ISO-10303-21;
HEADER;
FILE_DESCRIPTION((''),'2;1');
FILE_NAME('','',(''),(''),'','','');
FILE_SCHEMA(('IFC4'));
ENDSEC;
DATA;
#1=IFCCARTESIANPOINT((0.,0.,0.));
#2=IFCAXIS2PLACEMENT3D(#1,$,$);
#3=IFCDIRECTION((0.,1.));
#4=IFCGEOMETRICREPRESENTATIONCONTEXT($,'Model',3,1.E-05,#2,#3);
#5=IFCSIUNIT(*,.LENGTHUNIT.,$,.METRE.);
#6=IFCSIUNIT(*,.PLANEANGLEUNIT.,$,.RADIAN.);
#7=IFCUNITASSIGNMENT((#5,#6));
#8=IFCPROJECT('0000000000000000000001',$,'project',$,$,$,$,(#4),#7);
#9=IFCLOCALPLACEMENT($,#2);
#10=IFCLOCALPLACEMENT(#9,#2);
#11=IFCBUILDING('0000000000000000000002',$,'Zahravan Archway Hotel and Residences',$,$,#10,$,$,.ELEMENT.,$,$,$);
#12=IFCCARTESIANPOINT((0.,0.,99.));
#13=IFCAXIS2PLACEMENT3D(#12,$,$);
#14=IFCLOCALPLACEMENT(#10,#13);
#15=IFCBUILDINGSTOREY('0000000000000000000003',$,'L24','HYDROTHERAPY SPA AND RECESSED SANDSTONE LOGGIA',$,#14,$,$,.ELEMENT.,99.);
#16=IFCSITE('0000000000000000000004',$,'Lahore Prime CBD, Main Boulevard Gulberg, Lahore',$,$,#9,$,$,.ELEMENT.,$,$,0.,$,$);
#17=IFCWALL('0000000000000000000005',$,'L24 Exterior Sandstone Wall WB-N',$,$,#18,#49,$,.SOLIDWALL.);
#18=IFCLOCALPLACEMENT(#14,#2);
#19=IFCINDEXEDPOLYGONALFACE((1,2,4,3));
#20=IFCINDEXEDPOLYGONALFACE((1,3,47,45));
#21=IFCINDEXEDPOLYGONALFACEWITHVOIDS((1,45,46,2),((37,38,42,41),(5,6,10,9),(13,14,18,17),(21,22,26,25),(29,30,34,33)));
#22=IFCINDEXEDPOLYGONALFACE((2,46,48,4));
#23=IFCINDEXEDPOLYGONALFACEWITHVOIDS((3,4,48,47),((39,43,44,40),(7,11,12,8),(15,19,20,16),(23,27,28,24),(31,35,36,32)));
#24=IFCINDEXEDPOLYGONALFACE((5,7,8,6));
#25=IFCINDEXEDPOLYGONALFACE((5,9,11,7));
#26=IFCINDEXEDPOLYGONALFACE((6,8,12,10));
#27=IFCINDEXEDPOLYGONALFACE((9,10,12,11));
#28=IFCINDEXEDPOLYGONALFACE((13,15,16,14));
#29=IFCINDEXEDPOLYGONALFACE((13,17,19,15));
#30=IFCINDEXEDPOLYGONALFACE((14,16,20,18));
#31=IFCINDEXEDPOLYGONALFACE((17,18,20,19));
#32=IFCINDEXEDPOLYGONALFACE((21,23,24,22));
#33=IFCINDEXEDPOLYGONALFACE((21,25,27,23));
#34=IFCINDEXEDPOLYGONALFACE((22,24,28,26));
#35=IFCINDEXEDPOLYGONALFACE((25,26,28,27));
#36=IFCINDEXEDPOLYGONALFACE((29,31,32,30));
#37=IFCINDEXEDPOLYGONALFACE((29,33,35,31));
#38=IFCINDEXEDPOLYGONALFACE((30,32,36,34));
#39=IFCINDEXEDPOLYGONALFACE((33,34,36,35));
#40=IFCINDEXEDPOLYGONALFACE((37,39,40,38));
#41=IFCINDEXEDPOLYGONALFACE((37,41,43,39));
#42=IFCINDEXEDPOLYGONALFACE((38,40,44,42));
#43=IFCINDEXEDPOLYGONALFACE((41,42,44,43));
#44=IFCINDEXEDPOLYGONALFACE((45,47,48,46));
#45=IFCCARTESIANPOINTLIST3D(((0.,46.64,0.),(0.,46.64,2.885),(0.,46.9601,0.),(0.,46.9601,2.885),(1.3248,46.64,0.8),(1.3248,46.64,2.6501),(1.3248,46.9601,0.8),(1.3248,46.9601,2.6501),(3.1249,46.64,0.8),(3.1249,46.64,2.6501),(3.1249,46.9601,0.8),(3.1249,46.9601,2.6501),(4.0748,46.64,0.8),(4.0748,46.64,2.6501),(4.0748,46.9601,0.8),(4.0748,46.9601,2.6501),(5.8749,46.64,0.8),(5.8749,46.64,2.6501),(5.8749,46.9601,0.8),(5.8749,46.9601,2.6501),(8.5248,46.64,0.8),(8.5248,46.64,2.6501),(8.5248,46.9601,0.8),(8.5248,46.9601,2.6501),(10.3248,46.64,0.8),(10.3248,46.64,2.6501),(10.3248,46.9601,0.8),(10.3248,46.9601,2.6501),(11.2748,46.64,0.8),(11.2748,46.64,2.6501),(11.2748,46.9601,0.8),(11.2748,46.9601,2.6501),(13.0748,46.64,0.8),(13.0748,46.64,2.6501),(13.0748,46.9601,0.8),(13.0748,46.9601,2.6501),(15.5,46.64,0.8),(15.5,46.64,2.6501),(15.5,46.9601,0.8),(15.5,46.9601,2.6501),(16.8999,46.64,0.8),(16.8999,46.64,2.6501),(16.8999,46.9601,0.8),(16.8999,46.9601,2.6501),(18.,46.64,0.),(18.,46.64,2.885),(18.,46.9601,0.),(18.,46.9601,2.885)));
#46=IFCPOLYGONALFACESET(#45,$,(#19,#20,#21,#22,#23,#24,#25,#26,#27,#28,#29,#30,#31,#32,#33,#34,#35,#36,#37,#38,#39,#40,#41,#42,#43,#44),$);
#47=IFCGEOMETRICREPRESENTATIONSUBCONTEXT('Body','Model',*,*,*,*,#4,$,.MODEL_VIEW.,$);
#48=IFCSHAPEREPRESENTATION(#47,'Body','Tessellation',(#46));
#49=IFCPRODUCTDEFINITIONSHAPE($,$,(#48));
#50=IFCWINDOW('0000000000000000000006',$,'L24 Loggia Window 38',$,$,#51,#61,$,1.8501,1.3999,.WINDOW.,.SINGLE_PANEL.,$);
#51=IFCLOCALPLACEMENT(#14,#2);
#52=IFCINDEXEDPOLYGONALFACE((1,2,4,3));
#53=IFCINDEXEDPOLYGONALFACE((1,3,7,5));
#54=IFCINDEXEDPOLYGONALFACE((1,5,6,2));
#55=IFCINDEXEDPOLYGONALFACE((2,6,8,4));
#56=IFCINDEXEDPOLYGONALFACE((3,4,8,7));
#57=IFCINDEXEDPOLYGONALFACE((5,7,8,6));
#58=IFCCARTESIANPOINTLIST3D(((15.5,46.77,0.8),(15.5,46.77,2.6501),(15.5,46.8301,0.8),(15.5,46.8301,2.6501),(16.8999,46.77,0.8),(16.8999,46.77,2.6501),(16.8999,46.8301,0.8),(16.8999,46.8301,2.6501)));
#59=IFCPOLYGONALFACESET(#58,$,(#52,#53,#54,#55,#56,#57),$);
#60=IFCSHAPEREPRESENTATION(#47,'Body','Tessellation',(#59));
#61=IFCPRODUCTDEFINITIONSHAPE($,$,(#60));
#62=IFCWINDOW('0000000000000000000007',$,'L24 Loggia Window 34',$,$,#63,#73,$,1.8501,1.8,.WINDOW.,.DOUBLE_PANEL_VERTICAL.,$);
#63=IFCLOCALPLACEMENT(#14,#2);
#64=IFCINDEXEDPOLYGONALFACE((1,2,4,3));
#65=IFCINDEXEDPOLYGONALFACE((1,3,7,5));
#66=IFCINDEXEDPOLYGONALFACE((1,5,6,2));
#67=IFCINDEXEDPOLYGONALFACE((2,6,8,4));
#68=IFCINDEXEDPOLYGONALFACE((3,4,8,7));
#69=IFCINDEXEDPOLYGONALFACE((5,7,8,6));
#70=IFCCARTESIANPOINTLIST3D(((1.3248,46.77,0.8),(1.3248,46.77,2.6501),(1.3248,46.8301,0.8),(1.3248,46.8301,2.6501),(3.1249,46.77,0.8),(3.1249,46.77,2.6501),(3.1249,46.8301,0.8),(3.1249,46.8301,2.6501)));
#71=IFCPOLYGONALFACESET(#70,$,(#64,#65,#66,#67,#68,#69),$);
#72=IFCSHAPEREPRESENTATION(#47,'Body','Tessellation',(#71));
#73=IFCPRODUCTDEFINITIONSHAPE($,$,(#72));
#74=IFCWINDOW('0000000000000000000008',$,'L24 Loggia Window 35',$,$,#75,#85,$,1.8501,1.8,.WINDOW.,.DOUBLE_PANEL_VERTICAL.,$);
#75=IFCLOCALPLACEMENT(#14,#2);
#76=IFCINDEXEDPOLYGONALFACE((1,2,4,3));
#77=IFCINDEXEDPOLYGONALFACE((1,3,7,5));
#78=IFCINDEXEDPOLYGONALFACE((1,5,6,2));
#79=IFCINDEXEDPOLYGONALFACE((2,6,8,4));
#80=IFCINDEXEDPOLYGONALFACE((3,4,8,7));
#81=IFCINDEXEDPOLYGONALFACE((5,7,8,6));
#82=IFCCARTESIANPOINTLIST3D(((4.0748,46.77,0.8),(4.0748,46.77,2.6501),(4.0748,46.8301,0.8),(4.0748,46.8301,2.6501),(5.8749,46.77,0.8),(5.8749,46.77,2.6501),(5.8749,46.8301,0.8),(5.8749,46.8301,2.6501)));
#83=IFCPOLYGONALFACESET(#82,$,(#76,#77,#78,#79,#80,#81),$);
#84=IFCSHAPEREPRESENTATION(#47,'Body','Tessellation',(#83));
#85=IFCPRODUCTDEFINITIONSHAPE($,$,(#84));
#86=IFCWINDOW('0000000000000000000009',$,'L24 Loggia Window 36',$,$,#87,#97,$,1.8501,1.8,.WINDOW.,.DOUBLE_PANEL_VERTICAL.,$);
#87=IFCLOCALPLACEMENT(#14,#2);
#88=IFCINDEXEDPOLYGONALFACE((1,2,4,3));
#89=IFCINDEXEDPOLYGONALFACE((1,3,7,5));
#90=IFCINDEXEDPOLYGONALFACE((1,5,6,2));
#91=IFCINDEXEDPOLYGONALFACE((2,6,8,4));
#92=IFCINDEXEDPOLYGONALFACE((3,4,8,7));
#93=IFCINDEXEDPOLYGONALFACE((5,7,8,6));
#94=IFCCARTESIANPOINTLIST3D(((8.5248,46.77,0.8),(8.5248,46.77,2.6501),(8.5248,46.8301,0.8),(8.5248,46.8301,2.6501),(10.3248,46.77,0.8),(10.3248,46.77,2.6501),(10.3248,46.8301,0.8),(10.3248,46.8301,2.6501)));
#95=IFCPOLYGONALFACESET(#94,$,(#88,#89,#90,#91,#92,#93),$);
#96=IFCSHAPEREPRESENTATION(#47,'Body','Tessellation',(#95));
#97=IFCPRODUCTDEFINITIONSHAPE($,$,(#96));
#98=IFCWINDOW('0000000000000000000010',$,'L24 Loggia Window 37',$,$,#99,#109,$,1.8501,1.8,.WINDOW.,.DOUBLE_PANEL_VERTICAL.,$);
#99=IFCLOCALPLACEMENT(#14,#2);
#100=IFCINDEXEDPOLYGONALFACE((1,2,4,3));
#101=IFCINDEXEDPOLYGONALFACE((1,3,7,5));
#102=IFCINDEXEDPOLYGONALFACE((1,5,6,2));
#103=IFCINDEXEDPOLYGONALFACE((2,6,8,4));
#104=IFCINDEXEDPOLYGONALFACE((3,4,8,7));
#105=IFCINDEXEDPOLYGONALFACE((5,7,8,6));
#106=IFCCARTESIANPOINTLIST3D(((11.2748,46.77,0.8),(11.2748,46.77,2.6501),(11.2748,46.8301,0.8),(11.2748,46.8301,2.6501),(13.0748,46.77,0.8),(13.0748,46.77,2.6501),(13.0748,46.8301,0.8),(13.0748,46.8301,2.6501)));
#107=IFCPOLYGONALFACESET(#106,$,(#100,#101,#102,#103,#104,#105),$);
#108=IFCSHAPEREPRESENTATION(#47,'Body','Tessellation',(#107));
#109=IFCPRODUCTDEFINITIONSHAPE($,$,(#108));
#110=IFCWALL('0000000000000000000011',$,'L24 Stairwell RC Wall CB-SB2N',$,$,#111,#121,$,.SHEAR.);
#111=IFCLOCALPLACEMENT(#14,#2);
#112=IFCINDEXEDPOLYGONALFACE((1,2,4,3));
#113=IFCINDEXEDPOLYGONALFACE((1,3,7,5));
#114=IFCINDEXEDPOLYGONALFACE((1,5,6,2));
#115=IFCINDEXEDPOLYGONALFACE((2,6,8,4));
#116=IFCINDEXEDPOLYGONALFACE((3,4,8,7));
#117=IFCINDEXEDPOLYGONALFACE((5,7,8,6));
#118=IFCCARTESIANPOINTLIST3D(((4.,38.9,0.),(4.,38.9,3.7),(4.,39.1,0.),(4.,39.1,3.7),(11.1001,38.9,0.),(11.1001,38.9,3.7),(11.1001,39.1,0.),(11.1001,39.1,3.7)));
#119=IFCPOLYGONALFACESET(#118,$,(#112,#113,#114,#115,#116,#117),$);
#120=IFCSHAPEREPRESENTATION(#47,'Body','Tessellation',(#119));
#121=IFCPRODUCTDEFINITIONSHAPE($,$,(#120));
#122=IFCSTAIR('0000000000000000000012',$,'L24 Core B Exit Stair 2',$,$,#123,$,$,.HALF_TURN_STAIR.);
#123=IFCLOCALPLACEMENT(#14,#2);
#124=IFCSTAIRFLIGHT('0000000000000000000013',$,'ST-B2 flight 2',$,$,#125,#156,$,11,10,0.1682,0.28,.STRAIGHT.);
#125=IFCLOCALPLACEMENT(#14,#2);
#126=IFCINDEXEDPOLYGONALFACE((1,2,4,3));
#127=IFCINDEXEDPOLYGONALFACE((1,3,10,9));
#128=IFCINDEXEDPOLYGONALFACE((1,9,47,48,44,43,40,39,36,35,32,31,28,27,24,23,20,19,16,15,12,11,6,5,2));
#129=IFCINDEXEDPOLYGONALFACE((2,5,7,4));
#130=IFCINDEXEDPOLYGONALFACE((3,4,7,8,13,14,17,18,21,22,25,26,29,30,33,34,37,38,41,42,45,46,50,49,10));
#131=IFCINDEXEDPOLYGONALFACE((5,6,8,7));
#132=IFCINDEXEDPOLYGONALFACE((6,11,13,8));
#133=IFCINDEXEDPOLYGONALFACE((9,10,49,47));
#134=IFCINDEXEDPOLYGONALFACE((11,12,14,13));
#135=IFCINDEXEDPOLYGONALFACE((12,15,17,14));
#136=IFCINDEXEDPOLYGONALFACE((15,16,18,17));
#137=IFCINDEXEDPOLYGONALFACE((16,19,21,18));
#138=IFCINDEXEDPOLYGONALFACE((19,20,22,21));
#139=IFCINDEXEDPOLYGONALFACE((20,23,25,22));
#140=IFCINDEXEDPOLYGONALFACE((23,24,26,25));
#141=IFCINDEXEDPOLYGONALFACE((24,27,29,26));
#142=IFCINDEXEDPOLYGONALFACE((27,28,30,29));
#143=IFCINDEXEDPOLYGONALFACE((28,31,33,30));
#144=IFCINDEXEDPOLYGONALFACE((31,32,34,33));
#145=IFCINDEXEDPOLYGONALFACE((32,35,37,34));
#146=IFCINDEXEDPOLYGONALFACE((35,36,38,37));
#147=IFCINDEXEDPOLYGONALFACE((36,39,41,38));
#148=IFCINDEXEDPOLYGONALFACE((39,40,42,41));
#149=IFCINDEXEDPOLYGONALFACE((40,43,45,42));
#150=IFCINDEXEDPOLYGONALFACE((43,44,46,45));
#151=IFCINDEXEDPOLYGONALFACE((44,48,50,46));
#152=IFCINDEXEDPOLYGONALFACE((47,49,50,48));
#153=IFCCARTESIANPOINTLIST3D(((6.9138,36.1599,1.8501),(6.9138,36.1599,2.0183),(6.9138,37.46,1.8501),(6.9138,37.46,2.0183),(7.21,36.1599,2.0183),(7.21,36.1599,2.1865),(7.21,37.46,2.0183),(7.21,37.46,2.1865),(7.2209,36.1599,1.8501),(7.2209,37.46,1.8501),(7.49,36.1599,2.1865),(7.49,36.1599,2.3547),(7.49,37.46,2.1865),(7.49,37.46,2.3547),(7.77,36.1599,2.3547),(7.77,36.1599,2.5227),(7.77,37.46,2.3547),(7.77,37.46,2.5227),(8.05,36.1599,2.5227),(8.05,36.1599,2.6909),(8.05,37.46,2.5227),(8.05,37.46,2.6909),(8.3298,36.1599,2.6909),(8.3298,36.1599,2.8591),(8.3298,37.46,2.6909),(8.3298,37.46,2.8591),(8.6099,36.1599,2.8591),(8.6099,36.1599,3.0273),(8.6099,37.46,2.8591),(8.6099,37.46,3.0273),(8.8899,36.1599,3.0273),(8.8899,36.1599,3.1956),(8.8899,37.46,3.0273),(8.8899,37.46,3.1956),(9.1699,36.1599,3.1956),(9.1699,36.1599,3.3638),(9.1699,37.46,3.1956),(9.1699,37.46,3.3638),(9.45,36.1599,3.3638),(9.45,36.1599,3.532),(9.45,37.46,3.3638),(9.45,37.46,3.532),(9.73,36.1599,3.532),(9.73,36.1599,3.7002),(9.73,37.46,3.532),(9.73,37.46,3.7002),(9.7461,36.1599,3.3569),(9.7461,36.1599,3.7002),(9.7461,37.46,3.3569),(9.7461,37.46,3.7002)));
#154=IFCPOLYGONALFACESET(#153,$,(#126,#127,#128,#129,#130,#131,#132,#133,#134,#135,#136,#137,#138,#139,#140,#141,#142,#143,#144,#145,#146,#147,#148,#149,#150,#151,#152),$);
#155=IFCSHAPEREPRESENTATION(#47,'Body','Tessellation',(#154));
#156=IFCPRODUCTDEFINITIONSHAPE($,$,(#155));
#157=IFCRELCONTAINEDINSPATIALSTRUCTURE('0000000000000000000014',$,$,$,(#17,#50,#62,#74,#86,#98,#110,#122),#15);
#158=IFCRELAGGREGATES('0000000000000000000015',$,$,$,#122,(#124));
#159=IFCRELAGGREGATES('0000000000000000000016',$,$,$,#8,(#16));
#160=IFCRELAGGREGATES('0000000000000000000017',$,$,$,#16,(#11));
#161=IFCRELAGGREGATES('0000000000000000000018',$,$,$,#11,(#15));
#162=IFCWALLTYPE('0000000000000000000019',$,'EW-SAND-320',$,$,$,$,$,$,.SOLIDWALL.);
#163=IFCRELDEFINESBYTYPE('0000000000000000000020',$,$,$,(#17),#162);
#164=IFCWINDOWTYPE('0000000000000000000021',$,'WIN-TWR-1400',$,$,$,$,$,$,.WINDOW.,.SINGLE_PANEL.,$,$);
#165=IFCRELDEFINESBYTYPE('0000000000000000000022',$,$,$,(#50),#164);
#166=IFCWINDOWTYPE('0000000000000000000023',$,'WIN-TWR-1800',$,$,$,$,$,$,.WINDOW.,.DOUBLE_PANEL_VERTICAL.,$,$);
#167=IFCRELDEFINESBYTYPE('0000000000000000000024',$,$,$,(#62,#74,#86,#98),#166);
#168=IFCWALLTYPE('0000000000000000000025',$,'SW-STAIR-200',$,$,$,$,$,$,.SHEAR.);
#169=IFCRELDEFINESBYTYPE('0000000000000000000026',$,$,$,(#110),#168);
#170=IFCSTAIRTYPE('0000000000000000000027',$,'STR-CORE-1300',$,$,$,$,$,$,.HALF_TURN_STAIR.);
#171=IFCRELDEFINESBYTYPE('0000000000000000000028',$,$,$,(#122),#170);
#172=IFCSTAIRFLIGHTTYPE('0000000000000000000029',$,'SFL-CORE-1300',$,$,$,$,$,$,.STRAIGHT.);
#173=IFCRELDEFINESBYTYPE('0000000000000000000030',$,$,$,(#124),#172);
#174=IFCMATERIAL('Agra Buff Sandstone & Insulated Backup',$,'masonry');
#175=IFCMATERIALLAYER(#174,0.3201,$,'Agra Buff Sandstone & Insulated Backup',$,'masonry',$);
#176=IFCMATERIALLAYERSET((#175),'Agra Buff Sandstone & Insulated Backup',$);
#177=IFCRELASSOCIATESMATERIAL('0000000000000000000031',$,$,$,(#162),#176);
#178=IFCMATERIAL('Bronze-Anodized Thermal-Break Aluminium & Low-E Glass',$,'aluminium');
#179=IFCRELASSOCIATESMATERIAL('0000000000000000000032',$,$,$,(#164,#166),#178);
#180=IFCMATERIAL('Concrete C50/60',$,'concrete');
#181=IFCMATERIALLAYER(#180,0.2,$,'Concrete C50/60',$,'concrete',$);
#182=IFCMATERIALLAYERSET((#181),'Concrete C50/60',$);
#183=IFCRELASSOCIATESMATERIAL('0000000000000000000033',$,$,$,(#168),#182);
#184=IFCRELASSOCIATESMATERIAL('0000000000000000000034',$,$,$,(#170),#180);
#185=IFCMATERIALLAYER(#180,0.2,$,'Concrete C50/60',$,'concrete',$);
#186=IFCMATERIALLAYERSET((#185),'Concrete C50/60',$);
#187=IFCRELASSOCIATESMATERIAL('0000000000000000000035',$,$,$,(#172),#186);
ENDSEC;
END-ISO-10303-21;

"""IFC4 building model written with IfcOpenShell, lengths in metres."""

from ifc_helpers import new_model, si_unit, direction, frame, frame_2d, origin, place, context, subcontext, project, spatial, polyline, rectangle, outline, extrude, source, transform, mapped, material, layer, layer_set, type_object, type_shapes, element, fill, aggregate, save


model = new_model("IFC4")

# Units and contexts
model_context = context("Model", 3, precision=1e-05, world=origin(), true_north=direction((0.0, 1.0)))
body_context = subcontext(model_context, "Body", "Model", "MODEL_VIEW")
ifc_project = project(units=[si_unit("LENGTHUNIT", "METRE"), si_unit("PLANEANGLEUNIT", "RADIAN")], contexts=[model_context])

# Site, building, storey
site_placement = place(None, origin())
site = spatial("IfcSite", under=ifc_project, at=site_placement, Name="Lahore Prime CBD, Main Boulevard Gulberg, Lahore", CompositionType="ELEMENT", RefElevation=0.0)
building_placement = place(site_placement, origin())
building = spatial("IfcBuilding", under=site, at=building_placement, Name="Zahravan Archway Hotel and Residences", CompositionType="ELEMENT")
storey_placement = place(building_placement, frame((0.0, 0.0, 99.0)))
storey = spatial("IfcBuildingStorey", under=building, at=storey_placement, Name="L24", Description="HYDROTHERAPY SPA AND RECESSED SANDSTONE LOGGIA", CompositionType="ELEMENT", Elevation=99.0)

# Wall, openings, windows
ifc_material_1 = material(Name="Agra Buff Sandstone & Insulated Backup", Category="masonry")
ifc_layer_1 = layer(ifc_material_1, 0.3201, Name="Agra Buff Sandstone & Insulated Backup", Category="masonry")
ifc_layer_set_1 = layer_set([ifc_layer_1], Name="Agra Buff Sandstone & Insulated Backup")
wall_type_1 = type_object("IfcWallType", Name="EW-SAND-320", PredefinedType="SOLIDWALL", material=ifc_layer_set_1)
wall_1_placement = place(storey_placement, frame((0.0, 46.8, 0.0), z_axis=(0.0, 0.0, 1.0), x_axis=(1.0, 0.0, 0.0)))
wall_1 = element("IfcWall", 1, at=wall_1_placement, inside=storey, type_object=wall_type_1, Name="L24 Exterior Sandstone Wall WB-N", PredefinedType="SOLIDWALL", context=body_context, shape_type="SweptSolid", body=[
    extrude(rectangle(XDim=18.0, YDim=0.3201, at=frame_2d((9.0, 0.0))), origin(), (0.0, 0.0, 1.0), 2.885),
])
opening_1_placement = place(wall_1_placement, frame((1.325, 0.0, 0.8)))
opening_1 = element("IfcOpeningElement", 2, at=opening_1_placement, cuts=wall_1, PredefinedType="OPENING", context=body_context, shape_type="SweptSolid", body=[
    extrude(rectangle(XDim=1.8, YDim=1.8501, at=frame_2d((0.8999, 0.925))), frame((0.0, 0.1699, 0.0), z_axis=(0.0, -1.0, 0.0), x_axis=(1.0, 0.0, 0.0)), (0.0, 0.0, 1.0), 0.3401),
])
opening_2_placement = place(wall_1_placement, frame((4.075, 0.0, 0.8)))
opening_2 = element("IfcOpeningElement", 3, at=opening_2_placement, cuts=wall_1, PredefinedType="OPENING", context=body_context, shape_type="SweptSolid", body=[
    extrude(rectangle(XDim=1.8, YDim=1.8501, at=frame_2d((0.8999, 0.925))), frame((0.0, 0.1699, 0.0), z_axis=(0.0, -1.0, 0.0), x_axis=(1.0, 0.0, 0.0)), (0.0, 0.0, 1.0), 0.3401),
])
opening_3_placement = place(wall_1_placement, frame((8.5249, 0.0, 0.8)))
opening_3 = element("IfcOpeningElement", 4, at=opening_3_placement, cuts=wall_1, PredefinedType="OPENING", context=body_context, shape_type="SweptSolid", body=[
    extrude(rectangle(XDim=1.8, YDim=1.8501, at=frame_2d((0.8999, 0.925))), frame((0.0, 0.1699, 0.0), z_axis=(0.0, -1.0, 0.0), x_axis=(1.0, 0.0, 0.0)), (0.0, 0.0, 1.0), 0.3401),
])
opening_4_placement = place(wall_1_placement, frame((11.2749, 0.0, 0.8)))
opening_4 = element("IfcOpeningElement", 5, at=opening_4_placement, cuts=wall_1, PredefinedType="OPENING", context=body_context, shape_type="SweptSolid", body=[
    extrude(rectangle(XDim=1.8, YDim=1.8501, at=frame_2d((0.8999, 0.925))), frame((0.0, 0.1699, 0.0), z_axis=(0.0, -1.0, 0.0), x_axis=(1.0, 0.0, 0.0)), (0.0, 0.0, 1.0), 0.3401),
])
opening_5_placement = place(wall_1_placement, frame((15.5, 0.0, 0.8)))
opening_5 = element("IfcOpeningElement", 6, at=opening_5_placement, cuts=wall_1, PredefinedType="OPENING", context=body_context, shape_type="SweptSolid", body=[
    extrude(rectangle(XDim=1.3999, YDim=1.8501, at=frame_2d((0.7, 0.925))), frame((0.0, 0.1699, 0.0), z_axis=(0.0, -1.0, 0.0), x_axis=(1.0, 0.0, 0.0)), (0.0, 0.0, 1.0), 0.3401),
])
ifc_material_2 = material(Name="Bronze-Anodized Thermal-Break Aluminium & Low-E Glass", Category="aluminium")
window_type_1 = type_object("IfcWindowType", Name="WIN-TWR-1400", PartitioningType="SINGLE_PANEL", PredefinedType="WINDOW", material=ifc_material_2)
shared_shape_1 = source(origin(), body_context, "Body", "SweptSolid", [
    extrude(rectangle(XDim=1.3999, YDim=1.8501, at=frame_2d((0.7, 0.925))), frame((0.0, 0.03, 0.0), z_axis=(0.0, -1.0, 0.0), x_axis=(1.0, 0.0, 0.0)), (0.0, 0.0, 1.0), 0.0601),
])
type_shapes(window_type_1, [shared_shape_1])
window_1_placement = place(opening_5_placement, origin())
window_1 = element("IfcWindow", 7, at=window_1_placement, inside=storey, type_object=window_type_1, Name="L24 Loggia Window 38", OverallHeight=1.8501, OverallWidth=1.3999, PartitioningType="SINGLE_PANEL", PredefinedType="WINDOW", context=body_context, shape_type="MappedRepresentation", body=[
    mapped(shared_shape_1, transform((0.0, 0.0, 0.0), scale=1.0)),
])
fill(opening_5, window_1)
window_type_2 = type_object("IfcWindowType", Name="WIN-TWR-1800", PartitioningType="DOUBLE_PANEL_VERTICAL", PredefinedType="WINDOW", material=ifc_material_2)
shared_shape_2 = source(origin(), body_context, "Body", "SweptSolid", [
    extrude(rectangle(XDim=1.8, YDim=1.8501, at=frame_2d((0.8999, 0.925))), frame((0.0, 0.03, 0.0), z_axis=(0.0, -1.0, 0.0), x_axis=(1.0, 0.0, 0.0)), (0.0, 0.0, 1.0), 0.0601),
])
type_shapes(window_type_2, [shared_shape_2])
window_2_placement = place(opening_1_placement, origin())
window_2 = element("IfcWindow", 8, at=window_2_placement, inside=storey, type_object=window_type_2, Name="L24 Loggia Window 34", OverallHeight=1.8501, OverallWidth=1.8, PartitioningType="DOUBLE_PANEL_VERTICAL", PredefinedType="WINDOW", context=body_context, shape_type="MappedRepresentation", body=[
    mapped(shared_shape_2, transform((0.0, 0.0, 0.0), scale=1.0)),
])
fill(opening_1, window_2)
window_3_placement = place(opening_2_placement, origin())
window_3 = element("IfcWindow", 9, at=window_3_placement, inside=storey, type_object=window_type_2, Name="L24 Loggia Window 35", OverallHeight=1.8501, OverallWidth=1.8, PartitioningType="DOUBLE_PANEL_VERTICAL", PredefinedType="WINDOW", context=body_context, shape_type="MappedRepresentation", body=[
    mapped(shared_shape_2, transform((0.0, 0.0, 0.0), scale=1.0)),
])
fill(opening_2, window_3)
window_4_placement = place(opening_3_placement, origin())
window_4 = element("IfcWindow", 10, at=window_4_placement, inside=storey, type_object=window_type_2, Name="L24 Loggia Window 36", OverallHeight=1.8501, OverallWidth=1.8, PartitioningType="DOUBLE_PANEL_VERTICAL", PredefinedType="WINDOW", context=body_context, shape_type="MappedRepresentation", body=[
    mapped(shared_shape_2, transform((0.0, 0.0, 0.0), scale=1.0)),
])
fill(opening_3, window_4)
window_5_placement = place(opening_4_placement, origin())
window_5 = element("IfcWindow", 11, at=window_5_placement, inside=storey, type_object=window_type_2, Name="L24 Loggia Window 37", OverallHeight=1.8501, OverallWidth=1.8, PartitioningType="DOUBLE_PANEL_VERTICAL", PredefinedType="WINDOW", context=body_context, shape_type="MappedRepresentation", body=[
    mapped(shared_shape_2, transform((0.0, 0.0, 0.0), scale=1.0)),
])
fill(opening_4, window_5)

# Wall
ifc_material_3 = material(Name="Concrete C50/60", Category="concrete")
ifc_layer_2 = layer(ifc_material_3, 0.2, Name="Concrete C50/60", Category="concrete")
ifc_layer_set_2 = layer_set([ifc_layer_2], Name="Concrete C50/60")
wall_type_2 = type_object("IfcWallType", Name="SW-STAIR-200", PredefinedType="SHEAR", material=ifc_layer_set_2)
wall_2_placement = place(storey_placement, frame((4.0, 39.0, 0.0), z_axis=(0.0, 0.0, 1.0), x_axis=(1.0, 0.0, 0.0)))
element("IfcWall", 12, at=wall_2_placement, inside=storey, type_object=wall_type_2, Name="L24 Stairwell RC Wall CB-SB2N", PredefinedType="SHEAR", context=body_context, shape_type="SweptSolid", body=[
    extrude(rectangle(XDim=7.1001, YDim=0.2, at=frame_2d((3.55, 0.0))), origin(), (0.0, 0.0, 1.0), 3.7),
])

# Stair, stair flight
stair_type = type_object("IfcStairType", Name="STR-CORE-1300", PredefinedType="HALF_TURN_STAIR", material=ifc_material_3)
stair_placement = place(storey_placement, origin())
stair = element("IfcStair", 13, at=stair_placement, inside=storey, type_object=stair_type, Name="L24 Core B Exit Stair 2", PredefinedType="HALF_TURN_STAIR")
ifc_layer_3 = layer(ifc_material_3, 0.2, Name="Concrete C50/60", Category="concrete")
ifc_layer_set_3 = layer_set([ifc_layer_3], Name="Concrete C50/60")
stair_flight_type = type_object("IfcStairFlightType", Name="SFL-CORE-1300", PredefinedType="STRAIGHT", material=ifc_layer_set_3)
shared_shape_3 = source(origin(), body_context, "Body", "SweptSolid", [
    extrude(outline(polyline([(-0.0161, 0.0), (-0.0161, 0.1682), (0.28, 0.1682), (0.28, 0.3364), (0.5601, 0.3364), (0.5601, 0.5046), (0.8401, 0.5046), (0.8401, 0.6726), (1.1201, 0.6726), (1.1201, 0.8408), (1.3999, 0.8408), (1.3999, 1.009), (1.6799, 1.009), (1.6799, 1.1772), (1.96, 1.1772), (1.96, 1.3455), (2.24, 1.3455), (2.24, 1.5137), (2.52, 1.5137), (2.52, 1.6819), (2.8, 1.6819), (2.8, 1.8501), (2.8162, 1.8501), (2.8162, 1.5068), (0.291, 0.0), (-0.0161, 0.0)])), frame((0.0, 0.6499, 0.0), z_axis=(0.0, -1.0, 0.0), x_axis=(1.0, 0.0, 0.0)), (0.0, 0.0, 1.0), 1.3),
])
stair_flight_placement = place(storey_placement, frame((6.9299, 36.8101, 1.8501), z_axis=(0.0, 0.0, 1.0), x_axis=(1.0, 0.0, 0.0)))
stair_flight = element("IfcStairFlight", 14, at=stair_flight_placement, type_object=stair_flight_type, Name="ST-B2 flight 2", NumberOfRisers=11, NumberOfTreads=10, PredefinedType="STRAIGHT", RiserHeight=0.1682, TreadLength=0.28, context=body_context, shape_type="MappedRepresentation", body=[
    mapped(shared_shape_3, transform((0.0, 0.0, 0.0), scale=1.0)),
])
aggregate(stair, [stair_flight])

save(model, "model.ifc")
